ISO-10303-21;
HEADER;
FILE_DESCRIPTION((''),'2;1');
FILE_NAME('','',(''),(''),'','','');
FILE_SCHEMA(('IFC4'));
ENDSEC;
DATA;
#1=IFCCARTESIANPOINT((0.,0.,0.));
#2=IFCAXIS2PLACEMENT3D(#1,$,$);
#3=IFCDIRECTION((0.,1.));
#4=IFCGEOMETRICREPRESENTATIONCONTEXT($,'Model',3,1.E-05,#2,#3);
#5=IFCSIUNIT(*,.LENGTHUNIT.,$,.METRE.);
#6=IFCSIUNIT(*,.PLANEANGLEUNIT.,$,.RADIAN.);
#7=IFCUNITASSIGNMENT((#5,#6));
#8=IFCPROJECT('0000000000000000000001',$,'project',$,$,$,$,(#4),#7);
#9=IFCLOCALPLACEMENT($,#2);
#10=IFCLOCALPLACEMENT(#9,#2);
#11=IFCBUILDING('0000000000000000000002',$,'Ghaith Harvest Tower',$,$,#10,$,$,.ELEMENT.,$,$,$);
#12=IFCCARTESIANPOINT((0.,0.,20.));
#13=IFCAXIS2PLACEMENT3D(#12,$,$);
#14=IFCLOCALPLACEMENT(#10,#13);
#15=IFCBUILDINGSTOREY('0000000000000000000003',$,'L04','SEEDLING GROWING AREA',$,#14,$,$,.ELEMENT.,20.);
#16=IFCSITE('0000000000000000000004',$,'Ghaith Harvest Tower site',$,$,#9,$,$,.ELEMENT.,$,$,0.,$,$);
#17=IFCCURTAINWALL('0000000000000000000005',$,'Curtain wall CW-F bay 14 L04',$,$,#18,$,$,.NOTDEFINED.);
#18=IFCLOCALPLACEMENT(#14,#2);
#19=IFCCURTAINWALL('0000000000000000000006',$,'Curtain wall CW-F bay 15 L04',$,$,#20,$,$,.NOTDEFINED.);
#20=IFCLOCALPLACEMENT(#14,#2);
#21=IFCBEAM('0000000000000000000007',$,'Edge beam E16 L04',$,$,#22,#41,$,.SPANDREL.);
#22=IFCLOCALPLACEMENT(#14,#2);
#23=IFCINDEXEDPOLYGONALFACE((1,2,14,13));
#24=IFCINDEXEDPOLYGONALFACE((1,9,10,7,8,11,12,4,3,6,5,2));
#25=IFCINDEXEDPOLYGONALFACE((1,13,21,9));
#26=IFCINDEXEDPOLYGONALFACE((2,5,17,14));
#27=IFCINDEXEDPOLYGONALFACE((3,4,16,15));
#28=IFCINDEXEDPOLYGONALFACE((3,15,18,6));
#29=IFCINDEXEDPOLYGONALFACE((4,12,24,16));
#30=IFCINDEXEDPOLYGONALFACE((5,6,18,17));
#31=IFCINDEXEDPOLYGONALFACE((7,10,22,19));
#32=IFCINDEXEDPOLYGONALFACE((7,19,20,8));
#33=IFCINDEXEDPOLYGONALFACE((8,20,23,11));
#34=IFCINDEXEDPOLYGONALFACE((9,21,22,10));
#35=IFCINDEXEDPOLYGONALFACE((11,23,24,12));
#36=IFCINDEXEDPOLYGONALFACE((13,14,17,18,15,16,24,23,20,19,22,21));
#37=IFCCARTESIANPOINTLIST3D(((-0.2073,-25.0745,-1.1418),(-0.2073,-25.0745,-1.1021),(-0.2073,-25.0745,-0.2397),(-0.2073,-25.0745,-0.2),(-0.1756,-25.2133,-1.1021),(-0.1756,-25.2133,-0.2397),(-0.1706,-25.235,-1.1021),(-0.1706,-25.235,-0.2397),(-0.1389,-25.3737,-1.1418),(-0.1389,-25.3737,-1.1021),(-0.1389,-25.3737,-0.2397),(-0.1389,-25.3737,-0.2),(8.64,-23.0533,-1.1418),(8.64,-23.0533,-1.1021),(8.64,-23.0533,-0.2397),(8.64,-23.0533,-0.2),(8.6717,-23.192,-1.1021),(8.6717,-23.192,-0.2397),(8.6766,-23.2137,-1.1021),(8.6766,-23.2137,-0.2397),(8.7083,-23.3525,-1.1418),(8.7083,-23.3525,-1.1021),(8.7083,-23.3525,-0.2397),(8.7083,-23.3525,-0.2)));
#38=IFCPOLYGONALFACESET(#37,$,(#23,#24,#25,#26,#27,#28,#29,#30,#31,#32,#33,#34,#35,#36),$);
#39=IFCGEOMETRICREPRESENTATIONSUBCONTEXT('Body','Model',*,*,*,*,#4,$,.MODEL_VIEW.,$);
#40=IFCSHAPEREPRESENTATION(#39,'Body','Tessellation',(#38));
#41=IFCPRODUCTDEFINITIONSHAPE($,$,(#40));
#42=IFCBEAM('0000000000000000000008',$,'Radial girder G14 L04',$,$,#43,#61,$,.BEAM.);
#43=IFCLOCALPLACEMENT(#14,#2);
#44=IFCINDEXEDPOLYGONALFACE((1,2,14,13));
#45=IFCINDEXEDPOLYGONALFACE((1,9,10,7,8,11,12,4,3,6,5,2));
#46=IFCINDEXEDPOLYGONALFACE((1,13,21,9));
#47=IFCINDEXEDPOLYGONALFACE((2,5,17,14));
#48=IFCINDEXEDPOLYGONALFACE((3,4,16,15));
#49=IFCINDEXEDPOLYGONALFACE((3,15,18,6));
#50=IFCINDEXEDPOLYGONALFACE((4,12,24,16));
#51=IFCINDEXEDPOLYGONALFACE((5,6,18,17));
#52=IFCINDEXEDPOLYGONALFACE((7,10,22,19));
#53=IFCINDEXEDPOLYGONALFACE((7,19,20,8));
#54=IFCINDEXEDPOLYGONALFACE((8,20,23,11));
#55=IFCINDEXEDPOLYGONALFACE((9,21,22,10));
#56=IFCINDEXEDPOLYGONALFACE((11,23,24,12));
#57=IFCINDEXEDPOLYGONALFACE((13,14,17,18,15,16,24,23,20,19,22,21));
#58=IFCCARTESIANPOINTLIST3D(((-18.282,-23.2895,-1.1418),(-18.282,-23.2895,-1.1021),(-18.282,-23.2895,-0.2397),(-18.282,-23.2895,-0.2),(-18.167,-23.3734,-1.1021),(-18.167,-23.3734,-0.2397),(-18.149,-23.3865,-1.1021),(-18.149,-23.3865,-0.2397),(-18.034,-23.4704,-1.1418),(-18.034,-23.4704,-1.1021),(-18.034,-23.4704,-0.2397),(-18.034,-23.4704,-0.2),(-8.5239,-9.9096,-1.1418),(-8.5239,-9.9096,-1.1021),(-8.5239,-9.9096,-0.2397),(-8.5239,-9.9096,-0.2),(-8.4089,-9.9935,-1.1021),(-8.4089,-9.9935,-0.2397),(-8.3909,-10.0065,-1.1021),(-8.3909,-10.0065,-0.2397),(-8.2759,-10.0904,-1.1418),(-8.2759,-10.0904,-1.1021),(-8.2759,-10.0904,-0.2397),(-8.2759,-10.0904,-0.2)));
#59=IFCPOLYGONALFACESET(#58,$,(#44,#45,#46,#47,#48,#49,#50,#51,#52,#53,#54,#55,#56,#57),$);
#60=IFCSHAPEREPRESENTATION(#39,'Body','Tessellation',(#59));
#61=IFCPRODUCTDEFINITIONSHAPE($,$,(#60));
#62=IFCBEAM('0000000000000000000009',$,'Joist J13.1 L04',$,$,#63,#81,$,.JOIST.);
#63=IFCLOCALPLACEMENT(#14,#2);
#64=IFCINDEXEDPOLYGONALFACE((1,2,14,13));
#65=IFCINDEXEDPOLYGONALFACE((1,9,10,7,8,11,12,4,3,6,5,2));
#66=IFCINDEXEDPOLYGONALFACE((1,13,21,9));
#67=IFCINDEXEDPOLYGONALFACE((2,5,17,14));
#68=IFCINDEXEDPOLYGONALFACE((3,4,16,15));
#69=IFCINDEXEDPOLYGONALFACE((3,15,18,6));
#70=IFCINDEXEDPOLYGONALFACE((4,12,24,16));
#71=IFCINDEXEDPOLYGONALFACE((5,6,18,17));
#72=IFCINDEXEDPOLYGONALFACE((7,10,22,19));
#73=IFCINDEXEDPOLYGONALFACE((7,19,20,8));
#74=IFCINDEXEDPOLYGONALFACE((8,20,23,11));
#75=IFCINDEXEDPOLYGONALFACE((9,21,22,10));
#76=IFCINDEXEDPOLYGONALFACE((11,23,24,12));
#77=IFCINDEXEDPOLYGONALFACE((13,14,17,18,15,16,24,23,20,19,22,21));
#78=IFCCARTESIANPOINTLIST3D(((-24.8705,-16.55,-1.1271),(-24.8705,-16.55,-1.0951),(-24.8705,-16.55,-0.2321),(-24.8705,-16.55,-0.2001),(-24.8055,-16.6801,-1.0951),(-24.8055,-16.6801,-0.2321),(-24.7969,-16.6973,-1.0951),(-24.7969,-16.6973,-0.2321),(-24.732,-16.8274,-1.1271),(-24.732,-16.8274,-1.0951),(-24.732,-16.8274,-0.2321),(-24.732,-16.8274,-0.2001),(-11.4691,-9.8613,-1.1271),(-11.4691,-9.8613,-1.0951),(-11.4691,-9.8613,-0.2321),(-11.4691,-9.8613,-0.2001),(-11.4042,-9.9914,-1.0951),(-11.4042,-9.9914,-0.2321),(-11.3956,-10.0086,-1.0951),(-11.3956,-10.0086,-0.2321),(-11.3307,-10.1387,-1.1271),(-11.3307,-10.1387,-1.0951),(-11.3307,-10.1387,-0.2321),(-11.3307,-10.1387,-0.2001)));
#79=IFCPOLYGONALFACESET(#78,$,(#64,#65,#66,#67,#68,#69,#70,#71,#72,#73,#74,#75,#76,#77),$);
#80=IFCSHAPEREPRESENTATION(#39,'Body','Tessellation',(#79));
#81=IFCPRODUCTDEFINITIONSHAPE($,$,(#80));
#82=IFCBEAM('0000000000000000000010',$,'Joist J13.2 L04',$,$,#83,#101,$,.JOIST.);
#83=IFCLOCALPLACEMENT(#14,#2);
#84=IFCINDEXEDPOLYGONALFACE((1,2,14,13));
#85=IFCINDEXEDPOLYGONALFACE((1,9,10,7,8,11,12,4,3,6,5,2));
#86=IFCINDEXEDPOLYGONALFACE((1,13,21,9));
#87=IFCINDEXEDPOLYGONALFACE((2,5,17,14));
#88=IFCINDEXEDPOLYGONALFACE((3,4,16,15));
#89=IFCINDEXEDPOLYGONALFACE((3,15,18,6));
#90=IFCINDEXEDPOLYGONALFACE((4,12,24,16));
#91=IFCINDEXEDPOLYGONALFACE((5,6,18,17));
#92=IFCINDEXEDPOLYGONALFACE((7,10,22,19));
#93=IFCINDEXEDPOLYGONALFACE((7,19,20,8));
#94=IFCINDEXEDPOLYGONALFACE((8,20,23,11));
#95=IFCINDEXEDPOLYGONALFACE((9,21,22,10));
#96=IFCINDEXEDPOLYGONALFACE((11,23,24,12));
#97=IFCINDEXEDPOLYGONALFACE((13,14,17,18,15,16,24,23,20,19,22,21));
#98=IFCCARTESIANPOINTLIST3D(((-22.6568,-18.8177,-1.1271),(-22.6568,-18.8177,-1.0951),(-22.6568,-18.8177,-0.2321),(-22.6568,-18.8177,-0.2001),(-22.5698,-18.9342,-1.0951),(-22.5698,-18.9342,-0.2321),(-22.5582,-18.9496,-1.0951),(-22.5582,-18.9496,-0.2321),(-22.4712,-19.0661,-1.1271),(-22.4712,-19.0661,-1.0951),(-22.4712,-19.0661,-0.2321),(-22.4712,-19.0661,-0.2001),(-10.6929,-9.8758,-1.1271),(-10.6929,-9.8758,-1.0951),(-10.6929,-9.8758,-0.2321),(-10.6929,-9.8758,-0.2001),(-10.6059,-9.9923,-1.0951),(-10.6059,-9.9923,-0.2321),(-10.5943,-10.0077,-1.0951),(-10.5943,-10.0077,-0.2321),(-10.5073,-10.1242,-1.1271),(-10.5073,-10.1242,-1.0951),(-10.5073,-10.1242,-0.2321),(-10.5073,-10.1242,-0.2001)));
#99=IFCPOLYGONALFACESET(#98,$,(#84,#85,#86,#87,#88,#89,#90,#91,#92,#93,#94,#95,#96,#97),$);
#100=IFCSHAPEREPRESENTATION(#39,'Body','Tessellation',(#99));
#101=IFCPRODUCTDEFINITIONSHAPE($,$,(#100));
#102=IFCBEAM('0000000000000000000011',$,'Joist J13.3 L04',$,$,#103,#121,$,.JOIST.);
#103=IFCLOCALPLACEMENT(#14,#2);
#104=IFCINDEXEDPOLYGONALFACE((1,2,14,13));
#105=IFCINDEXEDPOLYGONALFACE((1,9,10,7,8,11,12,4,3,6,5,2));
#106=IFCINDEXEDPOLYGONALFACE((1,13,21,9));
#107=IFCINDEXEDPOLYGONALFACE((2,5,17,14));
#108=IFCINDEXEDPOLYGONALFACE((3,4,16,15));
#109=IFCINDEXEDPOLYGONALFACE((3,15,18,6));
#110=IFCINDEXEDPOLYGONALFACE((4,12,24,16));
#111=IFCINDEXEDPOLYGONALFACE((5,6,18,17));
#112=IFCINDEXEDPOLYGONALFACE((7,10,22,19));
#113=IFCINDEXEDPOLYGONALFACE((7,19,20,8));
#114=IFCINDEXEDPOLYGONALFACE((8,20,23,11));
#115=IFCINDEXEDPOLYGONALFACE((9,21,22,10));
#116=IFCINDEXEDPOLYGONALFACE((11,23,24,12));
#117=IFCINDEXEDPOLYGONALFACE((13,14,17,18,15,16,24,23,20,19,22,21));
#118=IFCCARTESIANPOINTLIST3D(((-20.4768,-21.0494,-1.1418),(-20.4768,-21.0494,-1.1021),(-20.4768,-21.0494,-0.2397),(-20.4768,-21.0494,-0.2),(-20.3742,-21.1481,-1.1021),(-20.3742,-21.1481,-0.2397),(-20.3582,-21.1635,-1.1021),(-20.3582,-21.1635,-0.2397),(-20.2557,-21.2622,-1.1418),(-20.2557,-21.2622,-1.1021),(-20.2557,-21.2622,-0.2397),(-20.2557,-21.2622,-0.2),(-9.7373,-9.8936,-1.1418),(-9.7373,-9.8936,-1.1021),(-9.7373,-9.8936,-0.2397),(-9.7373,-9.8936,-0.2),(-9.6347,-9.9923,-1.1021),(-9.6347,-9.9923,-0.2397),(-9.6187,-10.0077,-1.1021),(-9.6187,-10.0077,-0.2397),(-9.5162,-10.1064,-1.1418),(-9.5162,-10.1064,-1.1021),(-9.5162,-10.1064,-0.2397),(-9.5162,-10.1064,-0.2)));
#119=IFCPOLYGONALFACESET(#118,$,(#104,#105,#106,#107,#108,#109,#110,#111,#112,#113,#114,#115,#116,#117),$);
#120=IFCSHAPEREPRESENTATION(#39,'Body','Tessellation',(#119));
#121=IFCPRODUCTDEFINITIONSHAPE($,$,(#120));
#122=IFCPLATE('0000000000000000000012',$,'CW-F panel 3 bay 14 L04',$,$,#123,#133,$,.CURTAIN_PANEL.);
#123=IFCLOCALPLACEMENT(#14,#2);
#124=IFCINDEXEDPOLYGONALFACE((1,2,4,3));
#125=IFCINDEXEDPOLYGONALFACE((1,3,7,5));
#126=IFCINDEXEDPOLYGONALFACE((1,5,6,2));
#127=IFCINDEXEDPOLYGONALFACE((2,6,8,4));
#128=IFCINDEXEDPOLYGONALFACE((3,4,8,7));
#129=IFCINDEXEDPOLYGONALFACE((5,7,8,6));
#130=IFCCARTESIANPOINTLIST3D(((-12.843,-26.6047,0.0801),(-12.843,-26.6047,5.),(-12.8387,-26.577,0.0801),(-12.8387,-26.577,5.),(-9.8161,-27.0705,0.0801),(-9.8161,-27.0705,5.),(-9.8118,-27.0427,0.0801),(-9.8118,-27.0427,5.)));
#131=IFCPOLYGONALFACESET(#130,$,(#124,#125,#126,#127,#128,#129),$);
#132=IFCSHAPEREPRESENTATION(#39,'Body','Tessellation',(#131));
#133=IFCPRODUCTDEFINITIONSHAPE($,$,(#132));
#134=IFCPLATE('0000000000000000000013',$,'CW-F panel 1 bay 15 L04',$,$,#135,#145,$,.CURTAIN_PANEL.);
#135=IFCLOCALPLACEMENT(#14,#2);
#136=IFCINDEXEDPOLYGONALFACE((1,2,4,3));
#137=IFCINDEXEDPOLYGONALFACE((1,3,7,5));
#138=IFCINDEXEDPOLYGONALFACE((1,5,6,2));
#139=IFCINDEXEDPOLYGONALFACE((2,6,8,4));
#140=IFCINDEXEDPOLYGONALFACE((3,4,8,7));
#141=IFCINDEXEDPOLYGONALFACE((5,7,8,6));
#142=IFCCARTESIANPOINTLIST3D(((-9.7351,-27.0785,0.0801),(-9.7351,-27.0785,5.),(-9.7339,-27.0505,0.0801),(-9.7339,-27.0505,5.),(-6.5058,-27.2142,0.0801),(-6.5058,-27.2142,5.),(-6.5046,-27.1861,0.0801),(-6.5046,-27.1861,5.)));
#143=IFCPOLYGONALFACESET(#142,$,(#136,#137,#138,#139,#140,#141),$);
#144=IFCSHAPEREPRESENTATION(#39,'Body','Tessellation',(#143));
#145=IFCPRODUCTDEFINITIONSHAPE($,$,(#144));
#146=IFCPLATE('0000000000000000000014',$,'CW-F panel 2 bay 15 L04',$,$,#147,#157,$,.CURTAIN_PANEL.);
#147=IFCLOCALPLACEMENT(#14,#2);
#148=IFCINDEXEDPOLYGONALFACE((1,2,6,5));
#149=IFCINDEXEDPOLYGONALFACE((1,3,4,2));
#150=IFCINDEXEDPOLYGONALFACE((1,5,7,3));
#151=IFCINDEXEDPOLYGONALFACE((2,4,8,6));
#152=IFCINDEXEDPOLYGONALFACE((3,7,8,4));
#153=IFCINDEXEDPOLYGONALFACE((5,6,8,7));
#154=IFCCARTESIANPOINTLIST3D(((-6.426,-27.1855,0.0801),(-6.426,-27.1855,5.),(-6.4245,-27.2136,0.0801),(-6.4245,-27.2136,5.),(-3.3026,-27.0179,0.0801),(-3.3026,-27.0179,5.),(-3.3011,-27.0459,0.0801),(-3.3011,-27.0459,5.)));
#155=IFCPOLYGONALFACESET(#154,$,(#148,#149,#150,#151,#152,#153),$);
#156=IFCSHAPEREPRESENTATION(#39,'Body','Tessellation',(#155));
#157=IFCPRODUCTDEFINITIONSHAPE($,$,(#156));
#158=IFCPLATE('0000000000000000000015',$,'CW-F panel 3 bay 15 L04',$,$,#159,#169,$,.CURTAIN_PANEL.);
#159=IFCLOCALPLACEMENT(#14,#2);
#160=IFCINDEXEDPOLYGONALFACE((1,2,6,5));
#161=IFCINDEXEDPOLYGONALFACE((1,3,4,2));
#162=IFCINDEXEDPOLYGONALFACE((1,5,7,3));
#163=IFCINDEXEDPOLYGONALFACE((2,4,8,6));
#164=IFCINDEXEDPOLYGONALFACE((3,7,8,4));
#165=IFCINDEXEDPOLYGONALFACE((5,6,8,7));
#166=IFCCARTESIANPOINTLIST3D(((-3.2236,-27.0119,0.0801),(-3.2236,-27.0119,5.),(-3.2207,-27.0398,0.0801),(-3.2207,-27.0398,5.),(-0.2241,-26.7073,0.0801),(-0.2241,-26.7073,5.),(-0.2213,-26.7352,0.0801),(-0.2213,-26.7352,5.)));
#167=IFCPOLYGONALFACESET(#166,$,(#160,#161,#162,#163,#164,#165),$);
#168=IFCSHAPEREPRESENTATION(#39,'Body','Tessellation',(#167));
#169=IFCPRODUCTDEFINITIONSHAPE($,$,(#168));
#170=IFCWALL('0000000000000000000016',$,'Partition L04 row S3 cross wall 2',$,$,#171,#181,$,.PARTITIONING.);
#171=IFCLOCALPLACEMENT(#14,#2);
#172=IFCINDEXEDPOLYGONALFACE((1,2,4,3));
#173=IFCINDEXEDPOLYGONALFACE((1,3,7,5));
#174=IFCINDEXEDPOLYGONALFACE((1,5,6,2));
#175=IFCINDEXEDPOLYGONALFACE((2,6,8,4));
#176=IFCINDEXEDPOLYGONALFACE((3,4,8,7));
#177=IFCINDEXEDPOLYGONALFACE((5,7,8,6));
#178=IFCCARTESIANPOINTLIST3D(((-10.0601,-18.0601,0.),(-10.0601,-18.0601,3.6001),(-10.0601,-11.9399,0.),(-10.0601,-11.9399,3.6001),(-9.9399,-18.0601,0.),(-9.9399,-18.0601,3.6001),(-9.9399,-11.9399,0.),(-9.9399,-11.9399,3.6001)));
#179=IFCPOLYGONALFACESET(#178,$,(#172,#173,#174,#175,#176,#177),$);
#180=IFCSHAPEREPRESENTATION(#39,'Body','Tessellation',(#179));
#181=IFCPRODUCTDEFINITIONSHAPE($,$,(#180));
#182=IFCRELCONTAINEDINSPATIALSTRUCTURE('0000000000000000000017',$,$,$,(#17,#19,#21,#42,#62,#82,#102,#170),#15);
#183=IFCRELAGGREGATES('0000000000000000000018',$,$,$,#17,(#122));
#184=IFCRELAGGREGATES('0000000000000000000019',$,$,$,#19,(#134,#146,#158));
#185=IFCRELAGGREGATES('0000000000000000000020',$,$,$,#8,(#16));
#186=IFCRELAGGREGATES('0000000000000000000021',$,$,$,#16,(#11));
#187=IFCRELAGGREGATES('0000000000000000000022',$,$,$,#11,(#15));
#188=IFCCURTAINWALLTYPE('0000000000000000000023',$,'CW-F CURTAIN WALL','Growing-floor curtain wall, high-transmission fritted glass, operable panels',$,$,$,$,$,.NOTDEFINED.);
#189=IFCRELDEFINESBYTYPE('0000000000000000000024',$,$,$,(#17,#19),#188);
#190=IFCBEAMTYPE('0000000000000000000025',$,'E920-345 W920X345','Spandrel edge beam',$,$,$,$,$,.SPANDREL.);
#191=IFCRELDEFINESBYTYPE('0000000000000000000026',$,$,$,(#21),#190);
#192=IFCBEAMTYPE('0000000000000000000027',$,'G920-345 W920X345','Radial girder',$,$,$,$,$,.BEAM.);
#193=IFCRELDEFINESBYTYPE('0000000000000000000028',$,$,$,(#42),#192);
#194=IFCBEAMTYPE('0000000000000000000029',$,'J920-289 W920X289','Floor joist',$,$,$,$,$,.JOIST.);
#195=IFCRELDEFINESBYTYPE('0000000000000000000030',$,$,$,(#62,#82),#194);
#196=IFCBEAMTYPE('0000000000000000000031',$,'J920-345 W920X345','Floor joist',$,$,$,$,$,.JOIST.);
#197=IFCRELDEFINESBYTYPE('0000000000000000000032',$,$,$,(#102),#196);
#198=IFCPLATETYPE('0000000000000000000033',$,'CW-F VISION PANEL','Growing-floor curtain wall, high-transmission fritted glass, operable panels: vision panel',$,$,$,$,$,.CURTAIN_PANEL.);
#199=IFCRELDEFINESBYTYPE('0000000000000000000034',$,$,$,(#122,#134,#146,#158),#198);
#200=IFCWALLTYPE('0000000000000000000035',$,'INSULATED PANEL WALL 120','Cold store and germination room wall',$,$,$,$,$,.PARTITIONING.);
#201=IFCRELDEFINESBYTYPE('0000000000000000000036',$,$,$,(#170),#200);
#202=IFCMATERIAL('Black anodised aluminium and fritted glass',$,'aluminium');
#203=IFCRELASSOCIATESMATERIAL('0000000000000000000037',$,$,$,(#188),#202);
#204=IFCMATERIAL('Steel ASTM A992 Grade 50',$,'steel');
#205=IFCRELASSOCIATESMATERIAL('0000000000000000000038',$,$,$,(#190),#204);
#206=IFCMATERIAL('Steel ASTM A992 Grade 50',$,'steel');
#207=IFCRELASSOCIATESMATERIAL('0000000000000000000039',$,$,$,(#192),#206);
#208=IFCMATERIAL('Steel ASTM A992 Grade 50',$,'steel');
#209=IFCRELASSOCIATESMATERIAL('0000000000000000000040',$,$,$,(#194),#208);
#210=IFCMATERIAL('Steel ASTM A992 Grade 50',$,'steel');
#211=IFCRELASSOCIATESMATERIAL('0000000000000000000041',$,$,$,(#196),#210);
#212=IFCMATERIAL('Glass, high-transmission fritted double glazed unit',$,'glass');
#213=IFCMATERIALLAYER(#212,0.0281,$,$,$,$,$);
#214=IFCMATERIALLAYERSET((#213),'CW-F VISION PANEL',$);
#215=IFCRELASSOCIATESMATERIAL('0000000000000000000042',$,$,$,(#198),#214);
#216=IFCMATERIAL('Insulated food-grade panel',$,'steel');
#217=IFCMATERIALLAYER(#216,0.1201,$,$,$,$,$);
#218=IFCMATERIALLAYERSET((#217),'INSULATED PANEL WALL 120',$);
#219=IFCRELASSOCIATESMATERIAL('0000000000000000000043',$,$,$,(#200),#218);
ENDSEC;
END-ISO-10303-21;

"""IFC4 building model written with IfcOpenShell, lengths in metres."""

from ifc_helpers import new_model, si_unit, direction, frame, frame_2d, origin, origin_2d, place, context, subcontext, project, spatial, rectangle, i_section, extrude, material, layer, layer_set, material_profile, profile_set, type_object, element, aggregate, save


model = new_model("IFC4")

# Units and contexts
model_context = context("Model", 3, precision=1e-05, world=origin(), true_north=direction((0.0, 1.0)))
body_context = subcontext(model_context, "Body", "Model", "MODEL_VIEW")
ifc_project = project(units=[si_unit("LENGTHUNIT", "METRE"), si_unit("PLANEANGLEUNIT", "RADIAN")], contexts=[model_context])

# Site, building, storey
site_placement = place(None, origin())
site = spatial("IfcSite", under=ifc_project, at=site_placement, Name="Ghaith Harvest Tower site", CompositionType="ELEMENT", RefElevation=0.0)
building_placement = place(site_placement, origin())
building = spatial("IfcBuilding", under=site, at=building_placement, Name="Ghaith Harvest Tower", CompositionType="ELEMENT")
storey_placement = place(building_placement, frame((0.0, 0.0, 20.0)))
storey = spatial("IfcBuildingStorey", under=building, at=storey_placement, Name="L04", Description="SEEDLING GROWING AREA", CompositionType="ELEMENT", Elevation=20.0)

# Curtain wall
ifc_material_1 = material(Name="Black anodised aluminium and fritted glass", Category="aluminium")
curtain_wall_type = type_object("IfcCurtainWallType", Name="CW-F CURTAIN WALL", Description="Growing-floor curtain wall, high-transmission fritted glass, operable panels", PredefinedType="NOTDEFINED", material=ifc_material_1)
curtain_wall_1_placement = place(storey_placement, origin())
curtain_wall_1 = element("IfcCurtainWall", 1, at=curtain_wall_1_placement, inside=storey, type_object=curtain_wall_type, Name="Curtain wall CW-F bay 14 L04", PredefinedType="NOTDEFINED")

# Curtain wall
curtain_wall_2_placement = place(storey_placement, origin())
curtain_wall_2 = element("IfcCurtainWall", 2, at=curtain_wall_2_placement, inside=storey, type_object=curtain_wall_type, Name="Curtain wall CW-F bay 15 L04", PredefinedType="NOTDEFINED")

# Beams
ifc_material_2 = material(Name="Steel ASTM A992 Grade 50", Category="steel")
ifc_material_profile_1 = material_profile(ifc_material_2, i_section(OverallWidth=0.3069, OverallDepth=0.9419, WebThickness=0.0222, FlangeThickness=0.0398, at=origin_2d()), Name="W920X345")
ifc_profile_set_1 = profile_set([ifc_material_profile_1], Name="Steel ASTM A992 Grade 50")
beam_type_1 = type_object("IfcBeamType", Name="E920-345 W920X345", Description="Spandrel edge beam", PredefinedType="SPANDREL", material=ifc_profile_set_1)
beam_1_placement = place(storey_placement, frame((-0.1731, -25.2241, -0.6709), z_axis=(0.974882, 0.222723, 0.0), x_axis=(-0.222723, 0.974882, 0.0)))
element("IfcBeam", 3, at=beam_1_placement, inside=storey, type_object=beam_type_1, Name="Edge beam E16 L04", PredefinedType="SPANDREL", context=body_context, shape_type="SweptSolid", body=[
    extrude(i_section(OverallWidth=0.3069, OverallDepth=0.9419, WebThickness=0.0222, FlangeThickness=0.0398, at=origin_2d()), origin(), (0.0, 0.0, 1.0), 9.0752),
])
ifc_material_3 = material(Name="Steel ASTM A992 Grade 50", Category="steel")
ifc_material_profile_2 = material_profile(ifc_material_3, i_section(OverallWidth=0.3069, OverallDepth=0.9419, WebThickness=0.0222, FlangeThickness=0.0398, at=origin_2d()), Name="W920X345")
ifc_profile_set_2 = profile_set([ifc_material_profile_2], Name="Steel ASTM A992 Grade 50")
beam_type_2 = type_object("IfcBeamType", Name="G920-345 W920X345", Description="Radial girder", PredefinedType="BEAM", material=ifc_profile_set_2)
beam_2_placement = place(storey_placement, frame((-8.3999, -10.0, -0.6709), z_axis=(-0.589247, -0.807953, 0.0), x_axis=(0.807953, -0.589247, 0.0)))
element("IfcBeam", 4, at=beam_2_placement, inside=storey, type_object=beam_type_2, Name="Radial girder G14 L04", PredefinedType="BEAM", context=body_context, shape_type="SweptSolid", body=[
    extrude(i_section(OverallWidth=0.3069, OverallDepth=0.9419, WebThickness=0.0222, FlangeThickness=0.0398, at=origin_2d()), origin(), (0.0, 0.0, 1.0), 16.5603),
])
ifc_material_4 = material(Name="Steel ASTM A992 Grade 50", Category="steel")
ifc_material_profile_3 = material_profile(ifc_material_4, i_section(OverallWidth=0.3101, OverallDepth=0.927, WebThickness=0.0193, FlangeThickness=0.032, at=origin_2d()), Name="W920X289")
ifc_profile_set_3 = profile_set([ifc_material_profile_3], Name="Steel ASTM A992 Grade 50")
beam_type_3 = type_object("IfcBeamType", Name="J920-289 W920X289", Description="Floor joist", PredefinedType="JOIST", material=ifc_profile_set_3)
beam_3_placement = place(storey_placement, frame((-11.3999, -10.0, -0.6636), z_axis=(-0.894746, -0.446575, 0.0), x_axis=(0.446575, -0.894746, 0.0)))
element("IfcBeam", 5, at=beam_3_placement, inside=storey, type_object=beam_type_3, Name="Joist J13.1 L04", PredefinedType="JOIST", context=body_context, shape_type="SweptSolid", body=[
    extrude(i_section(OverallWidth=0.3101, OverallDepth=0.927, WebThickness=0.0193, FlangeThickness=0.032, at=origin_2d()), origin(), (0.0, 0.0, 1.0), 14.9778),
])
beam_4_placement = place(storey_placement, frame((-10.6001, -10.0, -0.6636), z_axis=(-0.800995, -0.598671, 0.0), x_axis=(0.598671, -0.800995, 0.0)))
element("IfcBeam", 6, at=beam_4_placement, inside=storey, type_object=beam_type_3, Name="Joist J13.2 L04", PredefinedType="JOIST", context=body_context, shape_type="SweptSolid", body=[
    extrude(i_section(OverallWidth=0.3101, OverallDepth=0.927, WebThickness=0.0193, FlangeThickness=0.032, at=origin_2d()), origin(), (0.0, 0.0, 1.0), 14.9363),
])
ifc_material_5 = material(Name="Steel ASTM A992 Grade 50", Category="steel")
ifc_material_profile_4 = material_profile(ifc_material_5, i_section(OverallWidth=0.3069, OverallDepth=0.9419, WebThickness=0.0222, FlangeThickness=0.0398, at=origin_2d()), Name="W920X345")
ifc_profile_set_4 = profile_set([ifc_material_profile_4], Name="Steel ASTM A992 Grade 50")
beam_type_4 = type_object("IfcBeamType", Name="J920-345 W920X345", Description="Floor joist", PredefinedType="JOIST", material=ifc_profile_set_4)
beam_5_placement = place(storey_placement, frame((-9.6267, -10.0, -0.6709), z_axis=(-0.693538, -0.72042, 0.0), x_axis=(0.72042, -0.693538, 0.0)))
element("IfcBeam", 7, at=beam_5_placement, inside=storey, type_object=beam_type_4, Name="Joist J13.3 L04", PredefinedType="JOIST", context=body_context, shape_type="SweptSolid", body=[
    extrude(i_section(OverallWidth=0.3069, OverallDepth=0.9419, WebThickness=0.0222, FlangeThickness=0.0398, at=origin_2d()), origin(), (0.0, 0.0, 1.0), 15.4851),
])

# Plates
ifc_material_6 = material(Name="Glass, high-transmission fritted double glazed unit", Category="glass")
ifc_layer_1 = layer(ifc_material_6, 0.0281)
ifc_layer_set_1 = layer_set([ifc_layer_1], Name="CW-F VISION PANEL")
plate_type = type_object("IfcPlateType", Name="CW-F VISION PANEL", Description="Growing-floor curtain wall, high-transmission fritted glass, operable panels: vision panel", PredefinedType="CURTAIN_PANEL", material=ifc_layer_set_1)
plate_1_placement = place(storey_placement, frame((-11.3274, -26.8237, 0.0801), z_axis=(0.0, 0.0, 1.0), x_axis=(0.98837, -0.152069, 0.0)))
plate_1 = element("IfcPlate", 8, at=plate_1_placement, type_object=plate_type, Name="CW-F panel 3 bay 14 L04", PredefinedType="CURTAIN_PANEL", context=body_context, shape_type="SweptSolid", body=[
    extrude(rectangle(XDim=3.0625, YDim=0.0281, at=origin_2d()), origin(), (0.0, 0.0, 1.0), 4.9199),
])
aggregate(curtain_wall_1, [plate_1])
plate_2_placement = place(storey_placement, frame((-8.1199, -27.1323, 0.0801), z_axis=(0.0, 0.0, 1.0), x_axis=(0.999119, -0.041967, 0.0)))
plate_2 = element("IfcPlate", 9, at=plate_2_placement, type_object=plate_type, Name="CW-F panel 1 bay 15 L04", PredefinedType="CURTAIN_PANEL", context=body_context, shape_type="SweptSolid", body=[
    extrude(rectangle(XDim=3.2322, YDim=0.0281, at=origin_2d()), origin(), (0.0, 0.0, 1.0), 4.9199),
])
plate_3_placement = place(storey_placement, frame((-4.8635, -27.1157, 0.0801), z_axis=(0.0, 0.0, 1.0), x_axis=(0.998563, 0.0536, 0.0)))
plate_3 = element("IfcPlate", 10, at=plate_3_placement, type_object=plate_type, Name="CW-F panel 2 bay 15 L04", PredefinedType="CURTAIN_PANEL", context=body_context, shape_type="SweptSolid", body=[
    extrude(rectangle(XDim=3.1279, YDim=0.0281, at=origin_2d()), origin(), (0.0, 0.0, 1.0), 4.9199),
])
plate_4_placement = place(storey_placement, frame((-1.7224, -26.8735, 0.0801), z_axis=(0.0, 0.0, 1.0), x_axis=(0.994882, 0.101041, 0.0)))
plate_4 = element("IfcPlate", 11, at=plate_4_placement, type_object=plate_type, Name="CW-F panel 3 bay 15 L04", PredefinedType="CURTAIN_PANEL", context=body_context, shape_type="SweptSolid", body=[
    extrude(rectangle(XDim=3.0149, YDim=0.0281, at=origin_2d()), origin(), (0.0, 0.0, 1.0), 4.9199),
])
aggregate(curtain_wall_2, [plate_2, plate_3, plate_4])

# Wall
ifc_material_7 = material(Name="Insulated food-grade panel", Category="steel")
ifc_layer_2 = layer(ifc_material_7, 0.1201)
ifc_layer_set_2 = layer_set([ifc_layer_2], Name="INSULATED PANEL WALL 120")
wall_type = type_object("IfcWallType", Name="INSULATED PANEL WALL 120", Description="Cold store and germination room wall", PredefinedType="PARTITIONING", material=ifc_layer_set_2)
for number, where, z_axis, x_axis, name in (
    (12, (-10.0, -11.9399, 0.0), (0.0, 0.0, 1.0), (0.0, -1.0, 0.0), "Partition L04 row S3 cross wall 2"),
):
    element("IfcWall", number, at=place(storey_placement, frame(where, z_axis=z_axis, x_axis=x_axis)), inside=storey, type_object=wall_type, Name=name, PredefinedType="PARTITIONING", context=body_context, shape_type="SweptSolid", body=[
        extrude(rectangle(XDim=6.1201, YDim=0.1201, at=frame_2d((3.0601, 0.0))), origin(), (0.0, 0.0, 1.0), 3.6001),
    ])

save(model, "model.ifc")
